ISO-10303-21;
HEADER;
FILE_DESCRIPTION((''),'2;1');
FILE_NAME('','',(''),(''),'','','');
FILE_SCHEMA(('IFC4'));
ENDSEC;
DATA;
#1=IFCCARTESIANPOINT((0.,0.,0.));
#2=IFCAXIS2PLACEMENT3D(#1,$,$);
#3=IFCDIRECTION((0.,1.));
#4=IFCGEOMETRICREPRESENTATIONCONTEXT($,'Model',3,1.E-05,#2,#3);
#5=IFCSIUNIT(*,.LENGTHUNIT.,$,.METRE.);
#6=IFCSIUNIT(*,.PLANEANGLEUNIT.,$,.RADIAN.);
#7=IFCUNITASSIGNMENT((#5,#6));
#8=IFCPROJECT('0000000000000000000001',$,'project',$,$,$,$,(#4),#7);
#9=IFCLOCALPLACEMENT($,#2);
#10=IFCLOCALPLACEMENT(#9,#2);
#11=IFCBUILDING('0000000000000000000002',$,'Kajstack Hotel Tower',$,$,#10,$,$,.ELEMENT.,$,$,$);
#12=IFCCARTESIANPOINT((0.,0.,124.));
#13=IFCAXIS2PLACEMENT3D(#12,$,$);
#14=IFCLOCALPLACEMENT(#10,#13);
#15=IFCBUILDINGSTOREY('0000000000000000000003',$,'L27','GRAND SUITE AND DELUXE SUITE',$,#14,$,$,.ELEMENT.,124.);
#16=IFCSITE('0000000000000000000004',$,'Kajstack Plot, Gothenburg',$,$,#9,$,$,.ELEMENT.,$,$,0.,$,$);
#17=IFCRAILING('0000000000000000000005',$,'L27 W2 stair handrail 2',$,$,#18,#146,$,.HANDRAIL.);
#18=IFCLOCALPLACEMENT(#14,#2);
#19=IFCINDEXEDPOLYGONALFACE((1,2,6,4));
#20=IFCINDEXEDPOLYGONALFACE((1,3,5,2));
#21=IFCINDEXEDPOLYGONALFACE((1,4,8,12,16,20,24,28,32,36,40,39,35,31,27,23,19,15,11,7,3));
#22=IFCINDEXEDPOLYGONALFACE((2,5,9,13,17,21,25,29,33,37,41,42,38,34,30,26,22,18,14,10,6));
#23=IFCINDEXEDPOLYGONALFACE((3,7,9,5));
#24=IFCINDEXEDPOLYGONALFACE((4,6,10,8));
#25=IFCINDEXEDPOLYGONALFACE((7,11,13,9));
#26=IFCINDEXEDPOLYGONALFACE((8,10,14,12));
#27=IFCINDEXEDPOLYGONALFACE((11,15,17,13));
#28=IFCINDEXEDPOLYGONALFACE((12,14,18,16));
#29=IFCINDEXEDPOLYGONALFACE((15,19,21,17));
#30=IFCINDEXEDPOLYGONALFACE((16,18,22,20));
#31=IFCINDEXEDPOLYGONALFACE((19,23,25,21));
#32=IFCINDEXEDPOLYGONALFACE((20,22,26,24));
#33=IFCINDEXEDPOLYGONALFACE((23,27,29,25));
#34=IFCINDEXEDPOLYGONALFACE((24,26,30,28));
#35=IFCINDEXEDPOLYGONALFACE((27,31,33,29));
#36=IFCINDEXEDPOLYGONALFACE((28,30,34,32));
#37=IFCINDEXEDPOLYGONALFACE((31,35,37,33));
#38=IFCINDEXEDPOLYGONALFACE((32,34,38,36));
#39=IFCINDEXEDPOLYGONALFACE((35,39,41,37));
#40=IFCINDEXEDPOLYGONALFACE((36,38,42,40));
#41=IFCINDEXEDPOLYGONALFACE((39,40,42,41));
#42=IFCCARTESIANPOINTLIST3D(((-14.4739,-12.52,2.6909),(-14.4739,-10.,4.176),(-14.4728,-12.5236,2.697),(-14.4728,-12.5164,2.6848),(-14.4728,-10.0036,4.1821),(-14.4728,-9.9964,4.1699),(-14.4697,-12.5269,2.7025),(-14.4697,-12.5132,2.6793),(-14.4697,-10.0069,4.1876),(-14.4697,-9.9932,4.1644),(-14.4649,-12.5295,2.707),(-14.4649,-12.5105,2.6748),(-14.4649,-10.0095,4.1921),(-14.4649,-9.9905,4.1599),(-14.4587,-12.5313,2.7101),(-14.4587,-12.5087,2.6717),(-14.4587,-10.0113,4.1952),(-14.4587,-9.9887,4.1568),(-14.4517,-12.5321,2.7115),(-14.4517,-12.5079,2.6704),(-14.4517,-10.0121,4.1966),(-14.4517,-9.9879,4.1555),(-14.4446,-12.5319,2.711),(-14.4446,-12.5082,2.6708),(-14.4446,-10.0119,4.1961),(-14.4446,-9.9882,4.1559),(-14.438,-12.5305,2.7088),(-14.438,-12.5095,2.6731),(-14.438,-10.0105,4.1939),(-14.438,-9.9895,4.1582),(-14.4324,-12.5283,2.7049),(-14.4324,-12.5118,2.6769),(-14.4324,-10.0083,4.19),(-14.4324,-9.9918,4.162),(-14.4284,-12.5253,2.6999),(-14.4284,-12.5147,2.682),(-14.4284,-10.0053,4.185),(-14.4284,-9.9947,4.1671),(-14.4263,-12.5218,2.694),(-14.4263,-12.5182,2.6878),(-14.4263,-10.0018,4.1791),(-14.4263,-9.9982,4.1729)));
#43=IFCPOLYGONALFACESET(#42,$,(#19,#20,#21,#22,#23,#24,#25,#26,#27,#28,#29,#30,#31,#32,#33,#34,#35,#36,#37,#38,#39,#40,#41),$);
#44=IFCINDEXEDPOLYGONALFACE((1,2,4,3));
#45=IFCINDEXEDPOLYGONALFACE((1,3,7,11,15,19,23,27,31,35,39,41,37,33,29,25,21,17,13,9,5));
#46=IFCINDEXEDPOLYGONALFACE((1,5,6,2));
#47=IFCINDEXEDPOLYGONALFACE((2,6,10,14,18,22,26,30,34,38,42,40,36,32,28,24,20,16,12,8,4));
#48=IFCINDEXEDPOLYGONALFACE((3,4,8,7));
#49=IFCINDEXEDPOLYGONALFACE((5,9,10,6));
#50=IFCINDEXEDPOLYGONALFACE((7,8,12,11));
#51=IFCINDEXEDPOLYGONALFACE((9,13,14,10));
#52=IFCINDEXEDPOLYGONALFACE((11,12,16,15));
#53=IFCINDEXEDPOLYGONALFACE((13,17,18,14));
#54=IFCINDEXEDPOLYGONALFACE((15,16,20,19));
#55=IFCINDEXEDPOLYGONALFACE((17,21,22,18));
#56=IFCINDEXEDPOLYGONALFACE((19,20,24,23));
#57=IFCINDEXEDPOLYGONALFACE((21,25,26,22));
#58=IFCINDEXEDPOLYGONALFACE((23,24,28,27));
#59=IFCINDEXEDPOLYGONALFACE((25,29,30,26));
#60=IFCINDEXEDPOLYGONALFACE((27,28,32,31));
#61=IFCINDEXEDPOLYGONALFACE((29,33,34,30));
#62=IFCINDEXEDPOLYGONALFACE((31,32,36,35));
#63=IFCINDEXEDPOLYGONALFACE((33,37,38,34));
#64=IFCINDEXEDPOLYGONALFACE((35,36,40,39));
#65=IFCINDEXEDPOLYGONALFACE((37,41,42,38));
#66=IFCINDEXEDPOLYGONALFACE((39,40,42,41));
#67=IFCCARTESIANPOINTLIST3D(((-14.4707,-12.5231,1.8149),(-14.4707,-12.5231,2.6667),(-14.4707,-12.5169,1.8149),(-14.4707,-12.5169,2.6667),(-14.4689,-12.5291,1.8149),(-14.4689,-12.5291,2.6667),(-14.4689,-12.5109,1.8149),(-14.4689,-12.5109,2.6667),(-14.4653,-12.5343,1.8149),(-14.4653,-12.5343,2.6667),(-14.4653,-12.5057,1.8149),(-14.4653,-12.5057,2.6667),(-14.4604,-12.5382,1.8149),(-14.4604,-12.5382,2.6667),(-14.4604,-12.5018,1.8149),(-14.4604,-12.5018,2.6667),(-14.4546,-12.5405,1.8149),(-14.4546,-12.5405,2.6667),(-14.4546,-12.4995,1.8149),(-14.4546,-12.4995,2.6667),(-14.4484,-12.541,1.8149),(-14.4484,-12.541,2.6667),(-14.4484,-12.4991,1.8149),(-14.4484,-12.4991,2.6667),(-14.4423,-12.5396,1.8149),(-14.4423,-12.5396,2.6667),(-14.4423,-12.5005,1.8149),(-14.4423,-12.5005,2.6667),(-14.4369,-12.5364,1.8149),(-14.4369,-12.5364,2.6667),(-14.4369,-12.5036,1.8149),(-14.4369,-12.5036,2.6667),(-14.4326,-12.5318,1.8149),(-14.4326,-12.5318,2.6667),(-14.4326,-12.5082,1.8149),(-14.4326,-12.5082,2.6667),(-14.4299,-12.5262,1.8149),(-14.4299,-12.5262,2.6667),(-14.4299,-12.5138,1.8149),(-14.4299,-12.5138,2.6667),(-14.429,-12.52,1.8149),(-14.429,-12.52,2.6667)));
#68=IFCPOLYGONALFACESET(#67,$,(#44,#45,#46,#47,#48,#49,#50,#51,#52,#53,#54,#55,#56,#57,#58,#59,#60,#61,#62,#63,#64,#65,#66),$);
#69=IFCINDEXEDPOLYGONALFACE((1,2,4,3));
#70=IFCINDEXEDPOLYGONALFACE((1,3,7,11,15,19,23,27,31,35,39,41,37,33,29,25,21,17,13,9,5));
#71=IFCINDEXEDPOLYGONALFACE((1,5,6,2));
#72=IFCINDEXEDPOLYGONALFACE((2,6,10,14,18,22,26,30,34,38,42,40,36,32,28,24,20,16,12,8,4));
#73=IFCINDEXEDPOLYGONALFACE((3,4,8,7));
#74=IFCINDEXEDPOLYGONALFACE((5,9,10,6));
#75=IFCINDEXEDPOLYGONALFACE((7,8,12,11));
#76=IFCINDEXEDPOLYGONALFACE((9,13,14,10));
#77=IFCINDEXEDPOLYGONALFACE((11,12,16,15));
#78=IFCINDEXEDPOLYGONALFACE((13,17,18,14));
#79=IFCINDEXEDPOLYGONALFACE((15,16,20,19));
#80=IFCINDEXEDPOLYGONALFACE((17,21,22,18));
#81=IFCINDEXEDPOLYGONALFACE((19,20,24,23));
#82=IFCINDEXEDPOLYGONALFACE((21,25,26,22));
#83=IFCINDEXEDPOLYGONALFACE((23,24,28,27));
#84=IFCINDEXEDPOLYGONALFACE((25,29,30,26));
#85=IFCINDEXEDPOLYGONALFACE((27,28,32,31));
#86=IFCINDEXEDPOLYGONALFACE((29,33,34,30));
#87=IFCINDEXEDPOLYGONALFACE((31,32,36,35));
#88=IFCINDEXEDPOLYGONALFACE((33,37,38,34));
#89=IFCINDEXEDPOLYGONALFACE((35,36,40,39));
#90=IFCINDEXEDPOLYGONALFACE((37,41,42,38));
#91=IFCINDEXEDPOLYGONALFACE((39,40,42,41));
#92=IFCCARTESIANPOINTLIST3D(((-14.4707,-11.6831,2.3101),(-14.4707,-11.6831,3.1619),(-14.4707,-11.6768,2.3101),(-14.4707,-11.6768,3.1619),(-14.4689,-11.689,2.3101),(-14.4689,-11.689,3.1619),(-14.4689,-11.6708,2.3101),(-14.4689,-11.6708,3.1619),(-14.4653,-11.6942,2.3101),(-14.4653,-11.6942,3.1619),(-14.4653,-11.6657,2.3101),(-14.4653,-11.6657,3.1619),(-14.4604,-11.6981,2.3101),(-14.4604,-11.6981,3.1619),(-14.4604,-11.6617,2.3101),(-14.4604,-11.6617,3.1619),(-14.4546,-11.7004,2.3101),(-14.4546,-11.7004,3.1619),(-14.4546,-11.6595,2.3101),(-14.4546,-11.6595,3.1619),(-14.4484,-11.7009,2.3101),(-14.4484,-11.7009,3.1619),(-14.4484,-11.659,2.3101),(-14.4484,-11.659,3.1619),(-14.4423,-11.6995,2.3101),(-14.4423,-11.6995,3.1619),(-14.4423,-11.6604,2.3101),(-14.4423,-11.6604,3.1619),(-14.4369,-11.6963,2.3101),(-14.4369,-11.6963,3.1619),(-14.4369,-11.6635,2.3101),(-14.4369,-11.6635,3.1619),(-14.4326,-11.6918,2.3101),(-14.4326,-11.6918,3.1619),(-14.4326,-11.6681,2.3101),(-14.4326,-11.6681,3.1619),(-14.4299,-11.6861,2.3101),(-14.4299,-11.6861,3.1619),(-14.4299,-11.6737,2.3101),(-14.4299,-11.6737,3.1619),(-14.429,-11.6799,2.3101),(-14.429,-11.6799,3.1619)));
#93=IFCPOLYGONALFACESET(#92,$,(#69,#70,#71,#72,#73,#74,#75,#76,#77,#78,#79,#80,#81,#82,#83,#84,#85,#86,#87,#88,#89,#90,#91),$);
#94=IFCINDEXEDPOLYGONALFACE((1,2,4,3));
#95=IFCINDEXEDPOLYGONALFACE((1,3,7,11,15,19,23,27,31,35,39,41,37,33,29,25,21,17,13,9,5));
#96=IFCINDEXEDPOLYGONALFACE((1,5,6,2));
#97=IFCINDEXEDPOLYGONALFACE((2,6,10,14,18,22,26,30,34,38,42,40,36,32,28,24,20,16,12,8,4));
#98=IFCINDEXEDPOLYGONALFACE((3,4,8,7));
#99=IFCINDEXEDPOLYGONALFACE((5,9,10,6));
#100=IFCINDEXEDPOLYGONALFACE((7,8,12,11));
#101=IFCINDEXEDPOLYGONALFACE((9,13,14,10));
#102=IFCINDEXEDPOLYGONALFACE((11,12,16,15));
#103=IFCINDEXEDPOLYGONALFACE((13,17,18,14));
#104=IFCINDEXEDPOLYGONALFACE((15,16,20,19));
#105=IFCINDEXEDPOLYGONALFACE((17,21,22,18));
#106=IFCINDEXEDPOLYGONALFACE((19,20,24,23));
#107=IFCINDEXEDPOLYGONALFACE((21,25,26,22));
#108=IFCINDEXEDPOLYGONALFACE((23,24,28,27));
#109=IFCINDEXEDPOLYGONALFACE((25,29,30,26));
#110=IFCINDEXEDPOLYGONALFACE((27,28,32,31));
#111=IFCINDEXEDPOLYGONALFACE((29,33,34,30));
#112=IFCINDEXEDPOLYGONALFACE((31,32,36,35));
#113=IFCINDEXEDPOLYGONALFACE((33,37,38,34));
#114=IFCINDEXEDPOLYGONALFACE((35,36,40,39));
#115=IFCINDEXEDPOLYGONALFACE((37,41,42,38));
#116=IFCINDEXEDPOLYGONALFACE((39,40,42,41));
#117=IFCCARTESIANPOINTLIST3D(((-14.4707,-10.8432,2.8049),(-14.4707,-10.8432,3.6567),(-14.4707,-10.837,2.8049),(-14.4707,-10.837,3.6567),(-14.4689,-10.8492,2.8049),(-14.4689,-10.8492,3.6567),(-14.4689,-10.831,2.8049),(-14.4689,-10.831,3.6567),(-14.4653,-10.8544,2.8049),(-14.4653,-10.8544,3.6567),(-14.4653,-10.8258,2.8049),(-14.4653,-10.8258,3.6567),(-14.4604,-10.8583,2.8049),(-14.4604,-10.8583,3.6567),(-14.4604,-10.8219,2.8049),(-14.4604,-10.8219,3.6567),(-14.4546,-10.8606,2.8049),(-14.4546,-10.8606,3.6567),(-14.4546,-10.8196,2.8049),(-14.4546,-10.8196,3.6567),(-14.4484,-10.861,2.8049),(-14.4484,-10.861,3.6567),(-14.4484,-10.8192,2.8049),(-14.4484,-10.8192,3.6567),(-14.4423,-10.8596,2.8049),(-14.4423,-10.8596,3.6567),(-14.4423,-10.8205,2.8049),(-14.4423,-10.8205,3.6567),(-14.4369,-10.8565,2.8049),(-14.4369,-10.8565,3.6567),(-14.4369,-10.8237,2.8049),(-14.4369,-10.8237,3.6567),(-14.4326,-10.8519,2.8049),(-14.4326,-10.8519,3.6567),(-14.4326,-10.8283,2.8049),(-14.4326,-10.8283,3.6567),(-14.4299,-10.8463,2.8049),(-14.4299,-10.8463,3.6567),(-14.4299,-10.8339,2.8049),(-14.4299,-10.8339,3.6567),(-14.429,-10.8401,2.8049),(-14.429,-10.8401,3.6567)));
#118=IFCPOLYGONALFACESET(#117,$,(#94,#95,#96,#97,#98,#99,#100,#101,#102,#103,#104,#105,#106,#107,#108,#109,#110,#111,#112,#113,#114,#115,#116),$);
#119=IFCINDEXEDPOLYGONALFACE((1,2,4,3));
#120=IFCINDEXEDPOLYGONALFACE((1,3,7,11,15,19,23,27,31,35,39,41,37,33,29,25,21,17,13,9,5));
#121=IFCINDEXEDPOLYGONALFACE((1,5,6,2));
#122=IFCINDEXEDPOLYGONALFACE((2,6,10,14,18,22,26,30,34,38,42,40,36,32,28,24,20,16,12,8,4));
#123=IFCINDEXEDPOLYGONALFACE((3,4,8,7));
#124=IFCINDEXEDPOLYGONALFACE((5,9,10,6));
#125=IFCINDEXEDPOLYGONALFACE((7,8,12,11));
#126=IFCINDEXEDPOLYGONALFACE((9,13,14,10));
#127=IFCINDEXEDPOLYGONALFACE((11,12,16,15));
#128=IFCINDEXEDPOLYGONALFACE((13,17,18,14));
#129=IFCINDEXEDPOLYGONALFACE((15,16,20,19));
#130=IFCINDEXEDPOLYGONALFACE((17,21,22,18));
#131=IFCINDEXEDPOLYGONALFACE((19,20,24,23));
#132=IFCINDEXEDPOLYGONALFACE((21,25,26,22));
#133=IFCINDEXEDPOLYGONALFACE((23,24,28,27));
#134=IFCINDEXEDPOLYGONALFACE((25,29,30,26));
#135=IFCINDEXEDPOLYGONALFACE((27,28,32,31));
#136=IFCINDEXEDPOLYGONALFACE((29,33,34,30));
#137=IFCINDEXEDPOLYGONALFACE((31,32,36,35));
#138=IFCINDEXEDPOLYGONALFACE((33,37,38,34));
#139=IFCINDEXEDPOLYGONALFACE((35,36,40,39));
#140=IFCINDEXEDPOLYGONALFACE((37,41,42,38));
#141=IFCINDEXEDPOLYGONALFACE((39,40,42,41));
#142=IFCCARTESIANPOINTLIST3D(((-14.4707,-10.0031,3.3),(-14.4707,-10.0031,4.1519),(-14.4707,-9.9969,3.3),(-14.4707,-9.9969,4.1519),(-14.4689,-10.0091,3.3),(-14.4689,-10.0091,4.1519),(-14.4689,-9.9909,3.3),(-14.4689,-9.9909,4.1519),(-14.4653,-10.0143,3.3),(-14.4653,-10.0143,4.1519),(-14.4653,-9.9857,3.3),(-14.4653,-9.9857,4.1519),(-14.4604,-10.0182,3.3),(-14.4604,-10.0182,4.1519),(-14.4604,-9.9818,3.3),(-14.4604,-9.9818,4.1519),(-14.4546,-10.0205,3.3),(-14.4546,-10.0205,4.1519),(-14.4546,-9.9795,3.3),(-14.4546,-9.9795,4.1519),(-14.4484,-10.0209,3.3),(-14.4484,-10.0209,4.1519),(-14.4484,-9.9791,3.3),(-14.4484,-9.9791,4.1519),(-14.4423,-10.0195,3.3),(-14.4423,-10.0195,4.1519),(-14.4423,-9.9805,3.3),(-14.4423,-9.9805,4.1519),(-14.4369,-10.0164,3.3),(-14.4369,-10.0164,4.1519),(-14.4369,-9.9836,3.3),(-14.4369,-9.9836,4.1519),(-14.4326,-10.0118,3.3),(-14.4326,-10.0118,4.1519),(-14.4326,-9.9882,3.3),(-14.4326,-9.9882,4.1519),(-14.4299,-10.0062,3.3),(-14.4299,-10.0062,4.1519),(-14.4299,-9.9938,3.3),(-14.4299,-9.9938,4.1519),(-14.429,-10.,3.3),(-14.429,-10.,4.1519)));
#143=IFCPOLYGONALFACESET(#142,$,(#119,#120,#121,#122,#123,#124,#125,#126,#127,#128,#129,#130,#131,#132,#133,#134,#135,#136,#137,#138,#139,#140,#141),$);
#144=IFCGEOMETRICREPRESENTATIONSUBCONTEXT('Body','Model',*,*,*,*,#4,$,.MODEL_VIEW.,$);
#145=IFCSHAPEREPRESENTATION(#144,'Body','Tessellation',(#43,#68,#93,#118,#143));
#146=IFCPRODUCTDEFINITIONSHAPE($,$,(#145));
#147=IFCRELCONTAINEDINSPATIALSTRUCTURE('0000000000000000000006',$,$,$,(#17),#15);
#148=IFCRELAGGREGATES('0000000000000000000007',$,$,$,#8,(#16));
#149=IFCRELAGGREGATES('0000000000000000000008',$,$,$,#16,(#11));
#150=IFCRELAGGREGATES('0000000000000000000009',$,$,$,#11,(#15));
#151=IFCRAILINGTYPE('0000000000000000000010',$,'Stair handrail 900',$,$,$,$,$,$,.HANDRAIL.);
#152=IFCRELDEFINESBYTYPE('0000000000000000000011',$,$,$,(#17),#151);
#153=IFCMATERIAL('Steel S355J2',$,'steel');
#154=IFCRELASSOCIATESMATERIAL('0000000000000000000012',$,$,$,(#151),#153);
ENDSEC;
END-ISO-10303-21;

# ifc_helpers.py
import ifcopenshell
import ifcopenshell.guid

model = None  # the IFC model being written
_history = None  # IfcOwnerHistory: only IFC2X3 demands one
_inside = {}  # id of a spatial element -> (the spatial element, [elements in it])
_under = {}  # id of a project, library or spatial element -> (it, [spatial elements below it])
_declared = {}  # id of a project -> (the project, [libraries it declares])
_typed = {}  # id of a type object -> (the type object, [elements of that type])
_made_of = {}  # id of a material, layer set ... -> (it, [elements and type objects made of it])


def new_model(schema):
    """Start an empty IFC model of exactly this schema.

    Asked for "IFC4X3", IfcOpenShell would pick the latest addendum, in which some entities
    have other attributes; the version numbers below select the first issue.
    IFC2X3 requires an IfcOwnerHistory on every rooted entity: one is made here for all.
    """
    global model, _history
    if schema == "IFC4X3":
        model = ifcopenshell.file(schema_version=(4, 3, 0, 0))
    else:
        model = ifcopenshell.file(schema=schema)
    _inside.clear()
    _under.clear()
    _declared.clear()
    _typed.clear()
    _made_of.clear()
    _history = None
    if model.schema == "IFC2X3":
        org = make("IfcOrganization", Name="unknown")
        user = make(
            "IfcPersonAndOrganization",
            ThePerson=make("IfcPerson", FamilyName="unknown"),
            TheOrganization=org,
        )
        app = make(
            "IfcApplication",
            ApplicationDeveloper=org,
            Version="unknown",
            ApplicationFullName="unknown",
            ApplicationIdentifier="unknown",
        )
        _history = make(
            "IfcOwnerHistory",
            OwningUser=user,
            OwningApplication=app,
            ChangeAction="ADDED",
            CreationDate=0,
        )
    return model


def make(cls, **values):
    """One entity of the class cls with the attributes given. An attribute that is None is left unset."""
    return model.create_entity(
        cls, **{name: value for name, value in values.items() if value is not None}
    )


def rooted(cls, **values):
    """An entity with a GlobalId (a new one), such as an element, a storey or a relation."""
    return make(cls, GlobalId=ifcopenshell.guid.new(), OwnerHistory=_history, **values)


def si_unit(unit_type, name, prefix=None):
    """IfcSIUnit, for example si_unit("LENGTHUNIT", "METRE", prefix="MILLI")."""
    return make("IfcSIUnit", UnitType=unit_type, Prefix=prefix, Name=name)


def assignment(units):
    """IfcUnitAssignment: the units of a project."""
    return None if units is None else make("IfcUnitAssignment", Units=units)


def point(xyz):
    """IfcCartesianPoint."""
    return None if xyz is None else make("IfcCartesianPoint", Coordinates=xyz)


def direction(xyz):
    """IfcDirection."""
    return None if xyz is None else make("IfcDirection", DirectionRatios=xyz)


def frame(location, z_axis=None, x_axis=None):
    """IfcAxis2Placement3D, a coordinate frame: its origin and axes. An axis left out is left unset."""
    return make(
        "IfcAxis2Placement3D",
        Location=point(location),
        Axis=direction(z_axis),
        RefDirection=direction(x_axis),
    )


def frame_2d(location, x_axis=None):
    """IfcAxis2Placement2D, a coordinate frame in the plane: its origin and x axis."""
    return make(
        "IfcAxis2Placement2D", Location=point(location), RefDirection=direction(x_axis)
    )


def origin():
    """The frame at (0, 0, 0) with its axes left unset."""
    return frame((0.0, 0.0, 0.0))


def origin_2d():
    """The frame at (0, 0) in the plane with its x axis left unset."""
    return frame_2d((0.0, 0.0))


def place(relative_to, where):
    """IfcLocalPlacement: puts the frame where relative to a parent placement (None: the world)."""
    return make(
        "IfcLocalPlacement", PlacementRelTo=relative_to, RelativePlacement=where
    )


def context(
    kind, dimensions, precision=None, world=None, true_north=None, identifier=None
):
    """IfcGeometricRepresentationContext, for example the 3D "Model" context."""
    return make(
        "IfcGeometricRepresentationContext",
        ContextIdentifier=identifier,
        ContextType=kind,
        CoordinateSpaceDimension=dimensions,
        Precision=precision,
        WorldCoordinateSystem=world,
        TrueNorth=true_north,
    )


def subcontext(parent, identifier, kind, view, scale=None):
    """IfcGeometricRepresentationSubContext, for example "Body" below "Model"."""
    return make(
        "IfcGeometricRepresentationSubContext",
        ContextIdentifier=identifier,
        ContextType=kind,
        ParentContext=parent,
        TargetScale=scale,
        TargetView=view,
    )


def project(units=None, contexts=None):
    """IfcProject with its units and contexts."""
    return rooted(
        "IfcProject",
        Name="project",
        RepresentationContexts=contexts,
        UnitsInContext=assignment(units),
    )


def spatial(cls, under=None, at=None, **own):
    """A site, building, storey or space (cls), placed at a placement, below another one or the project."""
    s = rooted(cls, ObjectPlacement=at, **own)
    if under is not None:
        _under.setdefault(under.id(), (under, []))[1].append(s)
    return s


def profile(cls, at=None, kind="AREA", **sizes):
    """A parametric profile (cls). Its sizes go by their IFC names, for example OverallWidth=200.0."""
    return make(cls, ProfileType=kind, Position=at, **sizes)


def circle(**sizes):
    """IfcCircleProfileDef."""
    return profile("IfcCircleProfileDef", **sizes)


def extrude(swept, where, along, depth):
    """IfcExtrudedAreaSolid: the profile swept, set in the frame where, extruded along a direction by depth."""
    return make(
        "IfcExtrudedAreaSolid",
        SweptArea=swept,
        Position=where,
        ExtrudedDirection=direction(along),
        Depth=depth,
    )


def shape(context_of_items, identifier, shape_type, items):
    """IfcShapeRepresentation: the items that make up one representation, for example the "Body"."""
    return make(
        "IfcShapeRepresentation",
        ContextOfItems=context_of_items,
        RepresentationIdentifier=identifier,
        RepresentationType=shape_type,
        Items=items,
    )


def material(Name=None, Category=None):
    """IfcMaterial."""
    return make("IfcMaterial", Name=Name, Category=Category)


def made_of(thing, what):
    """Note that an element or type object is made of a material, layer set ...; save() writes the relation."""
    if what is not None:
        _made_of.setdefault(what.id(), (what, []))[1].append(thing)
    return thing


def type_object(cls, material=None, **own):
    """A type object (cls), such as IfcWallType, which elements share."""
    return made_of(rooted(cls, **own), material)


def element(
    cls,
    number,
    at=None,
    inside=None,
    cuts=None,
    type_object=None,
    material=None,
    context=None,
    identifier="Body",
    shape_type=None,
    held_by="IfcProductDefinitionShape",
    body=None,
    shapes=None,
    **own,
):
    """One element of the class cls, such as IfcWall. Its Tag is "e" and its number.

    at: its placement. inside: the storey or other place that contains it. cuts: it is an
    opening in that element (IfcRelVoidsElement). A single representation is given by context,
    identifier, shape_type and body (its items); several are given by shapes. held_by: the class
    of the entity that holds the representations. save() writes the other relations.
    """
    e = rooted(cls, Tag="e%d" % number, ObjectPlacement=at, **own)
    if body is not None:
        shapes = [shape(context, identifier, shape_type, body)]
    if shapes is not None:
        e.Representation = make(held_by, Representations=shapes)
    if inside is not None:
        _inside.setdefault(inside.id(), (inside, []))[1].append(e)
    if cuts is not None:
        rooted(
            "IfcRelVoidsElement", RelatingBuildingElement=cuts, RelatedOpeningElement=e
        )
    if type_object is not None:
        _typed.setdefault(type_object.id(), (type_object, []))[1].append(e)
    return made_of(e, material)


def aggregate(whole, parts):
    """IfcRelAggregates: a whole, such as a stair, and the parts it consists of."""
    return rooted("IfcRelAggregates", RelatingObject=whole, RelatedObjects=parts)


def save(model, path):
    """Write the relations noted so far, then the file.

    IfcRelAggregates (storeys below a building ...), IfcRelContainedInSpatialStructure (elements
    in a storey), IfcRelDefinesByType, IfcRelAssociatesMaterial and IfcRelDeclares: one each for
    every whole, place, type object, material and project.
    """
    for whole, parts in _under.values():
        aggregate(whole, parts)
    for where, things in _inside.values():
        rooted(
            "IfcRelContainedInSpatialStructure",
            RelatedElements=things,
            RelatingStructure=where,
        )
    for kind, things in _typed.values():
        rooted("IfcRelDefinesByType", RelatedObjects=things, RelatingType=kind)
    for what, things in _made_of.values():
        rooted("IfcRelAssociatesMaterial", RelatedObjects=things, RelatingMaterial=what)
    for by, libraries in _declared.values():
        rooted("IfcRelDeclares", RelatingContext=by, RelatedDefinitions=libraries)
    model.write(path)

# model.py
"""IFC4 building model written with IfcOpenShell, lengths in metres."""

from ifc_helpers import new_model, si_unit, direction, frame, origin, origin_2d, place, context, subcontext, project, spatial, circle, extrude, material, type_object, element, save


model = new_model("IFC4")

# Units and contexts
model_context = context("Model", 3, precision=1e-05, world=origin(), true_north=direction((0.0, 1.0)))
body_context = subcontext(model_context, "Body", "Model", "MODEL_VIEW")
ifc_project = project(units=[si_unit("LENGTHUNIT", "METRE"), si_unit("PLANEANGLEUNIT", "RADIAN")], contexts=[model_context])

# Site, building, storey
site_placement = place(None, origin())
site = spatial("IfcSite", under=ifc_project, at=site_placement, Name="Kajstack Plot, Gothenburg", CompositionType="ELEMENT", RefElevation=0.0)
building_placement = place(site_placement, origin())
building = spatial("IfcBuilding", under=site, at=building_placement, Name="Kajstack Hotel Tower", CompositionType="ELEMENT")
storey_placement = place(building_placement, frame((0.0, 0.0, 124.0)))
storey = spatial("IfcBuildingStorey", under=building, at=storey_placement, Name="L27", Description="GRAND SUITE AND DELUXE SUITE", CompositionType="ELEMENT", Elevation=124.0)

# Railing
ifc_material_1 = material(Name="Steel S355J2", Category="steel")
railing_type = type_object("IfcRailingType", Name="Stair handrail 900", PredefinedType="HANDRAIL", material=ifc_material_1)
railing_placement = place(storey_placement, frame((-14.45, -12.52, 1.8149)))
element("IfcRailing", 1, at=railing_placement, inside=storey, type_object=railing_type, Name="L27 W2 stair handrail 2", PredefinedType="HANDRAIL", context=body_context, shape_type="SweptSolid", body=[
    extrude(circle(Radius=0.0239, at=origin_2d()), frame((0.0, 0.0, 0.876), z_axis=(0.0, 0.861524, 0.507717), x_axis=(-1.0, 0.0, 0.0)), (0.0, 0.0, 1.0), 2.925),
    extrude(circle(Radius=0.021, at=origin_2d()), origin(), (0.0, 0.0, 1.0), 0.8518),
    extrude(circle(Radius=0.021, at=origin_2d()), frame((0.0, 0.8401, 0.4951)), (0.0, 0.0, 1.0), 0.8518),
    extrude(circle(Radius=0.021, at=origin_2d()), frame((0.0, 1.6799, 0.99)), (0.0, 0.0, 1.0), 0.8518),
    extrude(circle(Radius=0.021, at=origin_2d()), frame((0.0, 2.52, 1.4851)), (0.0, 0.0, 1.0), 0.8518),
])

save(model, "model.ifc")
